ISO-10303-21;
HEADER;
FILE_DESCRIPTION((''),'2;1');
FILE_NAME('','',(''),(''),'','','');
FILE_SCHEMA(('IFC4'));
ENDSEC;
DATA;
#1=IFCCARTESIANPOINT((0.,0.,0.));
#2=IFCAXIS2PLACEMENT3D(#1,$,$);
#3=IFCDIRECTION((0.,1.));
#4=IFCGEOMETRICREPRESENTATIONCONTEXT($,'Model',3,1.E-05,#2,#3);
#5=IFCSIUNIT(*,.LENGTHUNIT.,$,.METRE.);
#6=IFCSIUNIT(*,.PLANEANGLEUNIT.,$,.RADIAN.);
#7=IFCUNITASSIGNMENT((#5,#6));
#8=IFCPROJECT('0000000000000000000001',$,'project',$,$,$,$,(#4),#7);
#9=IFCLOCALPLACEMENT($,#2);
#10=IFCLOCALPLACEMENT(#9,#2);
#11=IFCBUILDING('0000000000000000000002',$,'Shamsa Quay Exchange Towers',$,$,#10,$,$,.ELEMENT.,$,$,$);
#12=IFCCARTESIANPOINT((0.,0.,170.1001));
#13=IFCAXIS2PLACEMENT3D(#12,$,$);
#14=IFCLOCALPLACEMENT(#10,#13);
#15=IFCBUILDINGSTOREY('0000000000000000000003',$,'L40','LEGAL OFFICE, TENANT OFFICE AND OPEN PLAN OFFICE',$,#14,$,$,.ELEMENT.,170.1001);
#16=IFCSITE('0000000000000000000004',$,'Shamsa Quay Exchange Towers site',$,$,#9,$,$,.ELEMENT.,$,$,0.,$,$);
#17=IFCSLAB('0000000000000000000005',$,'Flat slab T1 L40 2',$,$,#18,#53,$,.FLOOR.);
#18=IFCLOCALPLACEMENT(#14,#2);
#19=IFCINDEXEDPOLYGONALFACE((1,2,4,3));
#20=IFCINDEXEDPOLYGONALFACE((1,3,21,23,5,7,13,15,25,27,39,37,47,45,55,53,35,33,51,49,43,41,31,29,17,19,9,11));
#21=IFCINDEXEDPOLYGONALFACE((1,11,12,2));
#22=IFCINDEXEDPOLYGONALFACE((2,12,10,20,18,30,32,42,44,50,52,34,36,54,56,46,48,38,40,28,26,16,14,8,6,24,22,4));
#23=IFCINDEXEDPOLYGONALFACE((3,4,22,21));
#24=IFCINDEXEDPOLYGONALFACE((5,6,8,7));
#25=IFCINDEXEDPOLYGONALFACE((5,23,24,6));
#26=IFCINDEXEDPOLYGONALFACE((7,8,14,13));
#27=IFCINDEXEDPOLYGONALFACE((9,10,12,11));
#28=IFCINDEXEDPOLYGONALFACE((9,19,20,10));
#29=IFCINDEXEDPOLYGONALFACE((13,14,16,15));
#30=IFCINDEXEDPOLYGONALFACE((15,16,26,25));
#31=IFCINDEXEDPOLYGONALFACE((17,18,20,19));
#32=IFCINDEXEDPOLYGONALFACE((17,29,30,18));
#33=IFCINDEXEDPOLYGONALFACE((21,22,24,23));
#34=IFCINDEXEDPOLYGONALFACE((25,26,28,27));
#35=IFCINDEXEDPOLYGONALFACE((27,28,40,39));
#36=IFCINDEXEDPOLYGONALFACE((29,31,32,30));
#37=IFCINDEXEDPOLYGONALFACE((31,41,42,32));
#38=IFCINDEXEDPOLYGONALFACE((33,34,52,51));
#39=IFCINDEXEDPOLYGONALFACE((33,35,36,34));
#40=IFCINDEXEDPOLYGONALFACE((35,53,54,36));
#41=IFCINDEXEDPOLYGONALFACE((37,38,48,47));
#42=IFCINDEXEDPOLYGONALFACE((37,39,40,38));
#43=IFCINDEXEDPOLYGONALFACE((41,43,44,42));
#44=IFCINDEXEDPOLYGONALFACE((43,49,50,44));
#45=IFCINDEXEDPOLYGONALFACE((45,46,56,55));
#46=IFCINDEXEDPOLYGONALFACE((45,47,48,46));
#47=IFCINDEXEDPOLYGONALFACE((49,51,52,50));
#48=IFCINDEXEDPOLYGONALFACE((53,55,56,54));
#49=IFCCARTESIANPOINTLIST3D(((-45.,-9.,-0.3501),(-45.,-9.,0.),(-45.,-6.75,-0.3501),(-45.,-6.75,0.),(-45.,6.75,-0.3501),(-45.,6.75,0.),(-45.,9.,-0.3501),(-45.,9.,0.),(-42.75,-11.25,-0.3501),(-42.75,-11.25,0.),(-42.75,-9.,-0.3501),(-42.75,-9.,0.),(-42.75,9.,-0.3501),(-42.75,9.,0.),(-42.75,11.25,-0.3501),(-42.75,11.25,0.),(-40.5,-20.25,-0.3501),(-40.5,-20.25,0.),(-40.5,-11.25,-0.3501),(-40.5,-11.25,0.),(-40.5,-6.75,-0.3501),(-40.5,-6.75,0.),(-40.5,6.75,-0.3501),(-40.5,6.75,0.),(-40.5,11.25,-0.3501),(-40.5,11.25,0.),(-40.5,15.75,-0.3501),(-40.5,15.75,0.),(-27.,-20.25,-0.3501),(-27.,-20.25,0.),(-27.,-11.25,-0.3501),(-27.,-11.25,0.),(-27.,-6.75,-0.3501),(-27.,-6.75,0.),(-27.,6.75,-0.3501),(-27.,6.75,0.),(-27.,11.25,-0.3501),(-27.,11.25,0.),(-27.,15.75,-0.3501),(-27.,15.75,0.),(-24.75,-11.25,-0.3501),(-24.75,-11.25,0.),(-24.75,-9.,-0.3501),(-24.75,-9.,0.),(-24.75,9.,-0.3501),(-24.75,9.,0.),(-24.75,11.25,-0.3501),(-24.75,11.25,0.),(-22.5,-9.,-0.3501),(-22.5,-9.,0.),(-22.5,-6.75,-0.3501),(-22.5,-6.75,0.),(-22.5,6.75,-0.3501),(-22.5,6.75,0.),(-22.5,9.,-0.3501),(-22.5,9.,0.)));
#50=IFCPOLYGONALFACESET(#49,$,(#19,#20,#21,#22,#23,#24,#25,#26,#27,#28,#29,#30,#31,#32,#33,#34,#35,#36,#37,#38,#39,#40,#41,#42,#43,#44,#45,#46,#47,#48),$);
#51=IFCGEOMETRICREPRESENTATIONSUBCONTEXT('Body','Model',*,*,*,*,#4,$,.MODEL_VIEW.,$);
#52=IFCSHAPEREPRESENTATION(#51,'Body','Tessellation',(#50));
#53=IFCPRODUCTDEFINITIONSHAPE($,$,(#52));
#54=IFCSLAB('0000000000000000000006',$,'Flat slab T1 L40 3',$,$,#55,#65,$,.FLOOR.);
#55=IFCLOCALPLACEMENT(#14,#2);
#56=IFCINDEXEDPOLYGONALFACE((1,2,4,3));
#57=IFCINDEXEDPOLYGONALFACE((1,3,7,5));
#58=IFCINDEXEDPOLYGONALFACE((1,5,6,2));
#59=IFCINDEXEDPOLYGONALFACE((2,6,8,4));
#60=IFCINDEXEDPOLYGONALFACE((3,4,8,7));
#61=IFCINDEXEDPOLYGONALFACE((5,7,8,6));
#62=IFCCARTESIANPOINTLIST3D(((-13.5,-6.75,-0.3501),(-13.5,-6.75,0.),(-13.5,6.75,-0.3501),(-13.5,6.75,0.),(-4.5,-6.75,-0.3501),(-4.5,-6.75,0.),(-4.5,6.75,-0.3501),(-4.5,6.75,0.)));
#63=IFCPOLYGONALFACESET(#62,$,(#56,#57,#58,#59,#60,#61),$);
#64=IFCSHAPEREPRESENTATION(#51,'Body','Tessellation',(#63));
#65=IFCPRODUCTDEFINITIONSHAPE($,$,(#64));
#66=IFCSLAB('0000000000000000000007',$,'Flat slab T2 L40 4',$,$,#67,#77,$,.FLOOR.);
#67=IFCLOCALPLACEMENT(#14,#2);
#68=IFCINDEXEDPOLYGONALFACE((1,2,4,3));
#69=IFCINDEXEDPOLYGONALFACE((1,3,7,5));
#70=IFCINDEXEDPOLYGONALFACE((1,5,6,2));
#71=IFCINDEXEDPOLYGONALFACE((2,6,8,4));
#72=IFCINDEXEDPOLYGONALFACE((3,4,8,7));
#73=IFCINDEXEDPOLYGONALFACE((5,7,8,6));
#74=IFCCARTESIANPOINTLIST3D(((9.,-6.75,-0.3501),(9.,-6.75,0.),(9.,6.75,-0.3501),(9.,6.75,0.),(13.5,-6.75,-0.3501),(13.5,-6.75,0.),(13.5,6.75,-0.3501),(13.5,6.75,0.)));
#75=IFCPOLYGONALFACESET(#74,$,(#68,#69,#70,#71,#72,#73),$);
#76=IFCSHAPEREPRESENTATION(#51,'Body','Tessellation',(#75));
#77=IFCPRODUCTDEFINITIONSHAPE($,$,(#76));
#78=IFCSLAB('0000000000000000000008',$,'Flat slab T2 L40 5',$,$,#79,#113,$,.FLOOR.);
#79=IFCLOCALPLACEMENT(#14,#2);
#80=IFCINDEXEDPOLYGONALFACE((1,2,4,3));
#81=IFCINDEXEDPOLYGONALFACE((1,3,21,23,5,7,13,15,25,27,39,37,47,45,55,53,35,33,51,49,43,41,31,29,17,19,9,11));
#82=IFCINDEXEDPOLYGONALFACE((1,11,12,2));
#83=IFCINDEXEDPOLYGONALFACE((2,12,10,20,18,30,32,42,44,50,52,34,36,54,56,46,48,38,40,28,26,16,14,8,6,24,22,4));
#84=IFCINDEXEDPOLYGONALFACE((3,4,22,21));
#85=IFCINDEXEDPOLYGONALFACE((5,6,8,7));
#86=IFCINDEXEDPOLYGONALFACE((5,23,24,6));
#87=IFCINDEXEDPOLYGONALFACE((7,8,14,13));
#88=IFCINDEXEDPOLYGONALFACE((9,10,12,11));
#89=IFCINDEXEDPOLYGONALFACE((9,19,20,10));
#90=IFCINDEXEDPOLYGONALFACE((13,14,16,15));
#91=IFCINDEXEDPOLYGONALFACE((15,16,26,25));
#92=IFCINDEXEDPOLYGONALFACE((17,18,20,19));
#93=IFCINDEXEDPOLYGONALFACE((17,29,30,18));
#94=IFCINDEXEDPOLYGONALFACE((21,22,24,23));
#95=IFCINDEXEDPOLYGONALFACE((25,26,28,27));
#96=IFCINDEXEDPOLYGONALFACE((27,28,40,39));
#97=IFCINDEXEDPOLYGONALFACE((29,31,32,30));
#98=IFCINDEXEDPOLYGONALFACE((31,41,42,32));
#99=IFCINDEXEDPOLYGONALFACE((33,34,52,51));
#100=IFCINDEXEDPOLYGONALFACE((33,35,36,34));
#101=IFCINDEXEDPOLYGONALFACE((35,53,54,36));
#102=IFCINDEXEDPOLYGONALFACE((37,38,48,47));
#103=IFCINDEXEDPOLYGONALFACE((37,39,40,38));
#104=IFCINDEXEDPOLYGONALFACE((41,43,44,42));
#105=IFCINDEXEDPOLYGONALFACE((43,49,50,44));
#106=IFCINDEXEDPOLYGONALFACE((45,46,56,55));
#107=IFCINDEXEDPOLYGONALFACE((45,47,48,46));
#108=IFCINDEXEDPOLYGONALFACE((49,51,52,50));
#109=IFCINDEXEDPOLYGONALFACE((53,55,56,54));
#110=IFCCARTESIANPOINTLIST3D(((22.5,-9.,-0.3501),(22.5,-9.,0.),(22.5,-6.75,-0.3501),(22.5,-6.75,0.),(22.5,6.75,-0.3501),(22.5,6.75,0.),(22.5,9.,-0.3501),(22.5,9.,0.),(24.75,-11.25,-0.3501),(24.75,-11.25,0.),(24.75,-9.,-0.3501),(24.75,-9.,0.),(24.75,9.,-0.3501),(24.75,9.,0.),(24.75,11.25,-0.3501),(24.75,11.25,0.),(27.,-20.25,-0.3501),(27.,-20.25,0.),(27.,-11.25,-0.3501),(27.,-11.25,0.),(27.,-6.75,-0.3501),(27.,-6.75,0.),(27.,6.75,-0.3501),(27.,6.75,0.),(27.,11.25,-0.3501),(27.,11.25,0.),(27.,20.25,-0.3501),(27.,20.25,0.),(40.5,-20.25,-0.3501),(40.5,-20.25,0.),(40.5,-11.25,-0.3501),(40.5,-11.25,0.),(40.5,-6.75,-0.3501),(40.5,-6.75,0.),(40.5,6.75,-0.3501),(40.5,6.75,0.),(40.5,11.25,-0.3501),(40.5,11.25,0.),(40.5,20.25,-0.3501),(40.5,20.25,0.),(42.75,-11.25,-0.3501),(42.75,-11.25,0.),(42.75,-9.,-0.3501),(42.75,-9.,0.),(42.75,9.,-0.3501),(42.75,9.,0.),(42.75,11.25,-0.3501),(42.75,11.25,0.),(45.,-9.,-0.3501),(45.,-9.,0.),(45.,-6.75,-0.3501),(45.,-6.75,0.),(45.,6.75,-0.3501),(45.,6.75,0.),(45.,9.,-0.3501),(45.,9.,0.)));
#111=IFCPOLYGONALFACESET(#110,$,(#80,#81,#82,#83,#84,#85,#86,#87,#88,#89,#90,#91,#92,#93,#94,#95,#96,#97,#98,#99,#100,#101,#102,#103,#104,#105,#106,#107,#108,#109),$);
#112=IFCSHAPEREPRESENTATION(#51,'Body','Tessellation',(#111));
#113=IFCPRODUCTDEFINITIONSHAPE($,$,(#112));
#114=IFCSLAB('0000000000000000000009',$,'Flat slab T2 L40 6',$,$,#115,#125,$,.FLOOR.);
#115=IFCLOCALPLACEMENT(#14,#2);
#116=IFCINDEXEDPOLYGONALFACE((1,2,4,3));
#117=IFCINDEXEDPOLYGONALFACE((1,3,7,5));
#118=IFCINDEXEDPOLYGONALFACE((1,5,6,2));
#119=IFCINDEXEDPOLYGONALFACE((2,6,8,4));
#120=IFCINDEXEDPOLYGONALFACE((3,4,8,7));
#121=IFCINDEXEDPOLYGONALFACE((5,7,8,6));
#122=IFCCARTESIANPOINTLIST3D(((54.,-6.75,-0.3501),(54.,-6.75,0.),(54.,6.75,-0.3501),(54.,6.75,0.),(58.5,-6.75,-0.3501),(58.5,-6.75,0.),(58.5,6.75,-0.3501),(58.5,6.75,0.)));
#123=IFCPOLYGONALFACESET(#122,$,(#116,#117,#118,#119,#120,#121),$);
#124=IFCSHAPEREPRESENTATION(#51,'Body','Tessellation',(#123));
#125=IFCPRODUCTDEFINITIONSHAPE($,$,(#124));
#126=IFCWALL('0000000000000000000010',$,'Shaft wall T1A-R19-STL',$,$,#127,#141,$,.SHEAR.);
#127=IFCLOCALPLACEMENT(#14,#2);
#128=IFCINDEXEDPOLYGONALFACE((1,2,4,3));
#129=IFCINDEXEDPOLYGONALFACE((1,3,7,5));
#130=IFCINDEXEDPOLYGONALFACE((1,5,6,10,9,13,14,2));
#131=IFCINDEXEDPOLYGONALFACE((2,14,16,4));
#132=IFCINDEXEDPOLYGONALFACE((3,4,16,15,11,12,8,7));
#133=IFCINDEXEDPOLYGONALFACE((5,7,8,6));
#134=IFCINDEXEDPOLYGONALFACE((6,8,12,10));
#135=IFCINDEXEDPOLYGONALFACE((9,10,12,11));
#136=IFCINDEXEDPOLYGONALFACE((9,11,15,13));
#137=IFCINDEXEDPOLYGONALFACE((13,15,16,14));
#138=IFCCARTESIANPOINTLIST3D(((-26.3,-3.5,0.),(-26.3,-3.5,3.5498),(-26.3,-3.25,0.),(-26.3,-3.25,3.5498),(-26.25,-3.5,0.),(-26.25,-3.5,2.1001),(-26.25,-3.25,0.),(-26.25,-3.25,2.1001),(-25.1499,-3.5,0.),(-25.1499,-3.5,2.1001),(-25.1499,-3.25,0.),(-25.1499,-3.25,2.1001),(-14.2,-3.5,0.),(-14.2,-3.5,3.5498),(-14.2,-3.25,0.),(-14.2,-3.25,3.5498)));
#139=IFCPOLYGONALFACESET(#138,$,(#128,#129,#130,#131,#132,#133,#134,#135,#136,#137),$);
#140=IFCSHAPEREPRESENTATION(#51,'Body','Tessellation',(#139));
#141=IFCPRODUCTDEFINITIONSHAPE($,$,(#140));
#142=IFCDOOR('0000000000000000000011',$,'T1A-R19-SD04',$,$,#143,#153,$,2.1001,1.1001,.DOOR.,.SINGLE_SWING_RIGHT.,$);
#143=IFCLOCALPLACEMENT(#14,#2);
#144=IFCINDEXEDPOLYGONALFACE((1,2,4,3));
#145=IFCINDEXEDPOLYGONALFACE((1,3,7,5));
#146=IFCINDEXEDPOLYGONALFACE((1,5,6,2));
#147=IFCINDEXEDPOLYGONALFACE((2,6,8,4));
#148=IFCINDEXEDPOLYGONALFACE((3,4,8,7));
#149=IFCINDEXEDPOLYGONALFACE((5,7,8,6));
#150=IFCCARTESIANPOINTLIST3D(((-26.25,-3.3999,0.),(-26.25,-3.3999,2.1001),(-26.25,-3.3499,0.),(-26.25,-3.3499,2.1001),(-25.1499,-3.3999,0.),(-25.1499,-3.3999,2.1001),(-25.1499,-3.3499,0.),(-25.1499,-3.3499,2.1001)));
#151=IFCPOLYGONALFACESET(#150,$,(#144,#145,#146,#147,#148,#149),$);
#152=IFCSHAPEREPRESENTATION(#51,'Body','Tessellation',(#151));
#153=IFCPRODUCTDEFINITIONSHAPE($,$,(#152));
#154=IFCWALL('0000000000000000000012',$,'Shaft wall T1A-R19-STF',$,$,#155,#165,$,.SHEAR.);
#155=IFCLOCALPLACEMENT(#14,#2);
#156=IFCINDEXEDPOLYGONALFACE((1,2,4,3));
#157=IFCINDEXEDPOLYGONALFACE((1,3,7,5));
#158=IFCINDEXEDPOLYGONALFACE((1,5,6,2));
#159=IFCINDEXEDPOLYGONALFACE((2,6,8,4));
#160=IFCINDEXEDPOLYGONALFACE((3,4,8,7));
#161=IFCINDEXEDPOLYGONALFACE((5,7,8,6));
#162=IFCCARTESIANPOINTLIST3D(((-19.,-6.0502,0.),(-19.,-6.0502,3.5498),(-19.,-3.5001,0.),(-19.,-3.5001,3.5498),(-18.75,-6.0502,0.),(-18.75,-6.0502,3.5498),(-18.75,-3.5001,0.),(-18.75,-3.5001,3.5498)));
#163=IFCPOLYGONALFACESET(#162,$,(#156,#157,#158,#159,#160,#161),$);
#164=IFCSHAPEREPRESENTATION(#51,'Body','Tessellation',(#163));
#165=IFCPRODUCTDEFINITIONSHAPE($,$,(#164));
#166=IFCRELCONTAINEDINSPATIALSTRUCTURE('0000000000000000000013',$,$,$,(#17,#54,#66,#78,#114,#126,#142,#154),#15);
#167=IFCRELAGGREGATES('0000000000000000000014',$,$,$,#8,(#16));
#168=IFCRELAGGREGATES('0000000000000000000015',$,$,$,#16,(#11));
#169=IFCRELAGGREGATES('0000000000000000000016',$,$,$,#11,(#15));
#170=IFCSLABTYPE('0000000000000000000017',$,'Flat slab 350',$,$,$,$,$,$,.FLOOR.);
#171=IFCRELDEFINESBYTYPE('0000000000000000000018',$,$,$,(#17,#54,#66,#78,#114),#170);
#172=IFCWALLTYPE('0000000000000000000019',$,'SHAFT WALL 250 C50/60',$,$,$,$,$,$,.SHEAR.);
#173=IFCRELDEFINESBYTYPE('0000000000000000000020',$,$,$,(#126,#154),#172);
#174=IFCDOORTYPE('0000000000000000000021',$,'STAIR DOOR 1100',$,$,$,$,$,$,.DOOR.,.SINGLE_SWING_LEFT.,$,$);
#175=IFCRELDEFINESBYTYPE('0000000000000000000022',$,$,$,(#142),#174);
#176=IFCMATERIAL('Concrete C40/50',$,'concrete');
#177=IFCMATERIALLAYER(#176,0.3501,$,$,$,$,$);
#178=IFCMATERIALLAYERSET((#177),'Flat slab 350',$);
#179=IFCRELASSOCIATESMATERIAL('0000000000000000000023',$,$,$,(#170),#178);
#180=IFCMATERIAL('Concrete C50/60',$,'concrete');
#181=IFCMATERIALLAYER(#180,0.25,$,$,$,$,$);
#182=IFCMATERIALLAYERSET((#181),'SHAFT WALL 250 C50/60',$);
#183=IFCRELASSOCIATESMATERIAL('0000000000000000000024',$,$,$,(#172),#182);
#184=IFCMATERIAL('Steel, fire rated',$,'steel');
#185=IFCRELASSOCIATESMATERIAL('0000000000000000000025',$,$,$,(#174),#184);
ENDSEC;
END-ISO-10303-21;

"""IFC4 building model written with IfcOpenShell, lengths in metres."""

from ifc_helpers import new_model, si_unit, direction, frame, frame_2d, origin, place, context, subcontext, project, spatial, polyline, rectangle, outline, extrude, material, layer, layer_set, type_object, element, fill, save


model = new_model("IFC4")

# Units and contexts
model_context = context("Model", 3, precision=1e-05, world=origin(), true_north=direction((0.0, 1.0)))
body_context = subcontext(model_context, "Body", "Model", "MODEL_VIEW")
ifc_project = project(units=[si_unit("LENGTHUNIT", "METRE"), si_unit("PLANEANGLEUNIT", "RADIAN")], contexts=[model_context])

# Site, building, storey
site_placement = place(None, origin())
site = spatial("IfcSite", under=ifc_project, at=site_placement, Name="Shamsa Quay Exchange Towers site", CompositionType="ELEMENT", RefElevation=0.0)
building_placement = place(site_placement, origin())
building = spatial("IfcBuilding", under=site, at=building_placement, Name="Shamsa Quay Exchange Towers", CompositionType="ELEMENT")
storey_placement = place(building_placement, frame((0.0, 0.0, 170.1001)))
storey = spatial("IfcBuildingStorey", under=building, at=storey_placement, Name="L40", Description="LEGAL OFFICE, TENANT OFFICE AND OPEN PLAN OFFICE", CompositionType="ELEMENT", Elevation=170.1001)

# Slabs
ifc_material_1 = material(Name="Concrete C40/50", Category="concrete")
ifc_layer_1 = layer(ifc_material_1, 0.3501)
ifc_layer_set_1 = layer_set([ifc_layer_1], Name="Flat slab 350")
slab_type = type_object("IfcSlabType", Name="Flat slab 350", PredefinedType="FLOOR", material=ifc_layer_set_1)
slab_1_placement = place(storey_placement, frame((0.0, 0.0, -0.3501)))
element("IfcSlab", 1, at=slab_1_placement, inside=storey, type_object=slab_type, Name="Flat slab T1 L40 2", PredefinedType="FLOOR", context=body_context, shape_type="SweptSolid", body=[
    extrude(outline(polyline([(-22.5, -9.0), (-22.5, -6.75), (-27.0, -6.75), (-27.0, 6.75), (-22.5, 6.75), (-22.5, 9.0), (-24.75, 9.0), (-24.75, 11.25), (-27.0, 11.25), (-27.0, 15.75), (-40.5, 15.75), (-40.5, 11.25), (-42.75, 11.25), (-42.75, 9.0), (-45.0, 9.0), (-45.0, 6.75), (-40.5, 6.75), (-40.5, -6.75), (-45.0, -6.75), (-45.0, -9.0), (-42.75, -9.0), (-42.75, -11.25), (-40.5, -11.25), (-40.5, -20.25), (-27.0, -20.25), (-27.0, -11.25), (-24.75, -11.25), (-24.75, -9.0), (-22.5, -9.0)])), origin(), (0.0, 0.0, 1.0), 0.3501),
])
slab_2_placement = place(storey_placement, frame((0.0, 0.0, -0.3501)))
element("IfcSlab", 2, at=slab_2_placement, inside=storey, type_object=slab_type, Name="Flat slab T1 L40 3", PredefinedType="FLOOR", context=body_context, shape_type="SweptSolid", body=[
    extrude(outline(polyline([(-4.5, 6.75), (-13.5, 6.75), (-13.5, -6.75), (-4.5, -6.75), (-4.5, 6.75)])), origin(), (0.0, 0.0, 1.0), 0.3501),
])
slab_3_placement = place(storey_placement, frame((0.0, 0.0, -0.3501)))
element("IfcSlab", 3, at=slab_3_placement, inside=storey, type_object=slab_type, Name="Flat slab T2 L40 4", PredefinedType="FLOOR", context=body_context, shape_type="SweptSolid", body=[
    extrude(outline(polyline([(9.0, -6.75), (13.5, -6.75), (13.5, 6.75), (9.0, 6.75), (9.0, -6.75)])), origin(), (0.0, 0.0, 1.0), 0.3501),
])
slab_4_placement = place(storey_placement, frame((0.0, 0.0, -0.3501)))
element("IfcSlab", 4, at=slab_4_placement, inside=storey, type_object=slab_type, Name="Flat slab T2 L40 5", PredefinedType="FLOOR", context=body_context, shape_type="SweptSolid", body=[
    extrude(outline(polyline([(45.0, -9.0), (45.0, -6.75), (40.5, -6.75), (40.5, 6.75), (45.0, 6.75), (45.0, 9.0), (42.75, 9.0), (42.75, 11.25), (40.5, 11.25), (40.5, 20.25), (27.0, 20.25), (27.0, 11.25), (24.75, 11.25), (24.75, 9.0), (22.5, 9.0), (22.5, 6.75), (27.0, 6.75), (27.0, -6.75), (22.5, -6.75), (22.5, -9.0), (24.75, -9.0), (24.75, -11.25), (27.0, -11.25), (27.0, -20.25), (40.5, -20.25), (40.5, -11.25), (42.75, -11.25), (42.75, -9.0), (45.0, -9.0)])), origin(), (0.0, 0.0, 1.0), 0.3501),
])
slab_5_placement = place(storey_placement, frame((0.0, 0.0, -0.3501)))
element("IfcSlab", 5, at=slab_5_placement, inside=storey, type_object=slab_type, Name="Flat slab T2 L40 6", PredefinedType="FLOOR", context=body_context, shape_type="SweptSolid", body=[
    extrude(outline(polyline([(58.5, 6.75), (54.0, 6.75), (54.0, -6.75), (58.5, -6.75), (58.5, 6.75)])), origin(), (0.0, 0.0, 1.0), 0.3501),
])

# Wall, opening, door
ifc_material_2 = material(Name="Concrete C50/60", Category="concrete")
ifc_layer_2 = layer(ifc_material_2, 0.25)
ifc_layer_set_2 = layer_set([ifc_layer_2], Name="SHAFT WALL 250 C50/60")
wall_type = type_object("IfcWallType", Name="SHAFT WALL 250 C50/60", PredefinedType="SHEAR", material=ifc_layer_set_2)
wall_1_placement = place(storey_placement, frame((-14.2, -3.375, 0.0), z_axis=(0.0, 0.0, 1.0), x_axis=(-1.0, 0.0, 0.0)))
wall_1 = element("IfcWall", 6, at=wall_1_placement, inside=storey, type_object=wall_type, Name="Shaft wall T1A-R19-STL", PredefinedType="SHEAR", context=body_context, shape_type="SweptSolid", body=[
    extrude(rectangle(XDim=12.1001, YDim=0.25, at=frame_2d((6.05, 0.0))), origin(), (0.0, 0.0, 1.0), 3.5498),
])
opening_1_placement = place(wall_1_placement, frame((10.95, 0.0, 0.0)))
opening_1 = element("IfcOpeningElement", 7, at=opening_1_placement, cuts=wall_1, PredefinedType="OPENING", context=body_context, shape_type="SweptSolid", body=[
    extrude(rectangle(XDim=1.1001, YDim=2.1001, at=frame_2d((0.55, 1.05))), frame((0.0, 0.135, 0.0), z_axis=(0.0, -1.0, 0.0), x_axis=(1.0, 0.0, 0.0)), (0.0, 0.0, 1.0), 0.27),
])
ifc_material_3 = material(Name="Steel, fire rated", Category="steel")
door_type_1 = type_object("IfcDoorType", Name="STAIR DOOR 1100", OperationType="SINGLE_SWING_LEFT", PredefinedType="DOOR", material=ifc_material_3)
door_1_placement = place(opening_1_placement, origin())
door_1 = element("IfcDoor", 8, at=door_1_placement, inside=storey, type_object=door_type_1, Name="T1A-R19-SD04", OperationType="SINGLE_SWING_RIGHT", OverallHeight=2.1001, OverallWidth=1.1001, PredefinedType="DOOR", context=body_context, shape_type="SweptSolid", body=[
    extrude(rectangle(XDim=1.1001, YDim=2.1001, at=frame_2d((0.55, 1.05))), frame((0.0, 0.0249, 0.0), z_axis=(0.0, -1.0, 0.0), x_axis=(1.0, 0.0, 0.0)), (0.0, 0.0, 1.0), 0.05),
])
fill(opening_1, door_1)

# Wall
wall_2_placement = place(storey_placement, frame((-18.875, -6.05, 0.0), z_axis=(0.0, 0.0, 1.0), x_axis=(0.0, 1.0, 0.0)))
element("IfcWall", 9, at=wall_2_placement, inside=storey, type_object=wall_type, Name="Shaft wall T1A-R19-STF", PredefinedType="SHEAR", context=body_context, shape_type="SweptSolid", body=[
    extrude(rectangle(XDim=2.55, YDim=0.25, at=frame_2d((1.2749, 0.0))), origin(), (0.0, 0.0, 1.0), 3.5498),
])

save(model, "model.ifc")
